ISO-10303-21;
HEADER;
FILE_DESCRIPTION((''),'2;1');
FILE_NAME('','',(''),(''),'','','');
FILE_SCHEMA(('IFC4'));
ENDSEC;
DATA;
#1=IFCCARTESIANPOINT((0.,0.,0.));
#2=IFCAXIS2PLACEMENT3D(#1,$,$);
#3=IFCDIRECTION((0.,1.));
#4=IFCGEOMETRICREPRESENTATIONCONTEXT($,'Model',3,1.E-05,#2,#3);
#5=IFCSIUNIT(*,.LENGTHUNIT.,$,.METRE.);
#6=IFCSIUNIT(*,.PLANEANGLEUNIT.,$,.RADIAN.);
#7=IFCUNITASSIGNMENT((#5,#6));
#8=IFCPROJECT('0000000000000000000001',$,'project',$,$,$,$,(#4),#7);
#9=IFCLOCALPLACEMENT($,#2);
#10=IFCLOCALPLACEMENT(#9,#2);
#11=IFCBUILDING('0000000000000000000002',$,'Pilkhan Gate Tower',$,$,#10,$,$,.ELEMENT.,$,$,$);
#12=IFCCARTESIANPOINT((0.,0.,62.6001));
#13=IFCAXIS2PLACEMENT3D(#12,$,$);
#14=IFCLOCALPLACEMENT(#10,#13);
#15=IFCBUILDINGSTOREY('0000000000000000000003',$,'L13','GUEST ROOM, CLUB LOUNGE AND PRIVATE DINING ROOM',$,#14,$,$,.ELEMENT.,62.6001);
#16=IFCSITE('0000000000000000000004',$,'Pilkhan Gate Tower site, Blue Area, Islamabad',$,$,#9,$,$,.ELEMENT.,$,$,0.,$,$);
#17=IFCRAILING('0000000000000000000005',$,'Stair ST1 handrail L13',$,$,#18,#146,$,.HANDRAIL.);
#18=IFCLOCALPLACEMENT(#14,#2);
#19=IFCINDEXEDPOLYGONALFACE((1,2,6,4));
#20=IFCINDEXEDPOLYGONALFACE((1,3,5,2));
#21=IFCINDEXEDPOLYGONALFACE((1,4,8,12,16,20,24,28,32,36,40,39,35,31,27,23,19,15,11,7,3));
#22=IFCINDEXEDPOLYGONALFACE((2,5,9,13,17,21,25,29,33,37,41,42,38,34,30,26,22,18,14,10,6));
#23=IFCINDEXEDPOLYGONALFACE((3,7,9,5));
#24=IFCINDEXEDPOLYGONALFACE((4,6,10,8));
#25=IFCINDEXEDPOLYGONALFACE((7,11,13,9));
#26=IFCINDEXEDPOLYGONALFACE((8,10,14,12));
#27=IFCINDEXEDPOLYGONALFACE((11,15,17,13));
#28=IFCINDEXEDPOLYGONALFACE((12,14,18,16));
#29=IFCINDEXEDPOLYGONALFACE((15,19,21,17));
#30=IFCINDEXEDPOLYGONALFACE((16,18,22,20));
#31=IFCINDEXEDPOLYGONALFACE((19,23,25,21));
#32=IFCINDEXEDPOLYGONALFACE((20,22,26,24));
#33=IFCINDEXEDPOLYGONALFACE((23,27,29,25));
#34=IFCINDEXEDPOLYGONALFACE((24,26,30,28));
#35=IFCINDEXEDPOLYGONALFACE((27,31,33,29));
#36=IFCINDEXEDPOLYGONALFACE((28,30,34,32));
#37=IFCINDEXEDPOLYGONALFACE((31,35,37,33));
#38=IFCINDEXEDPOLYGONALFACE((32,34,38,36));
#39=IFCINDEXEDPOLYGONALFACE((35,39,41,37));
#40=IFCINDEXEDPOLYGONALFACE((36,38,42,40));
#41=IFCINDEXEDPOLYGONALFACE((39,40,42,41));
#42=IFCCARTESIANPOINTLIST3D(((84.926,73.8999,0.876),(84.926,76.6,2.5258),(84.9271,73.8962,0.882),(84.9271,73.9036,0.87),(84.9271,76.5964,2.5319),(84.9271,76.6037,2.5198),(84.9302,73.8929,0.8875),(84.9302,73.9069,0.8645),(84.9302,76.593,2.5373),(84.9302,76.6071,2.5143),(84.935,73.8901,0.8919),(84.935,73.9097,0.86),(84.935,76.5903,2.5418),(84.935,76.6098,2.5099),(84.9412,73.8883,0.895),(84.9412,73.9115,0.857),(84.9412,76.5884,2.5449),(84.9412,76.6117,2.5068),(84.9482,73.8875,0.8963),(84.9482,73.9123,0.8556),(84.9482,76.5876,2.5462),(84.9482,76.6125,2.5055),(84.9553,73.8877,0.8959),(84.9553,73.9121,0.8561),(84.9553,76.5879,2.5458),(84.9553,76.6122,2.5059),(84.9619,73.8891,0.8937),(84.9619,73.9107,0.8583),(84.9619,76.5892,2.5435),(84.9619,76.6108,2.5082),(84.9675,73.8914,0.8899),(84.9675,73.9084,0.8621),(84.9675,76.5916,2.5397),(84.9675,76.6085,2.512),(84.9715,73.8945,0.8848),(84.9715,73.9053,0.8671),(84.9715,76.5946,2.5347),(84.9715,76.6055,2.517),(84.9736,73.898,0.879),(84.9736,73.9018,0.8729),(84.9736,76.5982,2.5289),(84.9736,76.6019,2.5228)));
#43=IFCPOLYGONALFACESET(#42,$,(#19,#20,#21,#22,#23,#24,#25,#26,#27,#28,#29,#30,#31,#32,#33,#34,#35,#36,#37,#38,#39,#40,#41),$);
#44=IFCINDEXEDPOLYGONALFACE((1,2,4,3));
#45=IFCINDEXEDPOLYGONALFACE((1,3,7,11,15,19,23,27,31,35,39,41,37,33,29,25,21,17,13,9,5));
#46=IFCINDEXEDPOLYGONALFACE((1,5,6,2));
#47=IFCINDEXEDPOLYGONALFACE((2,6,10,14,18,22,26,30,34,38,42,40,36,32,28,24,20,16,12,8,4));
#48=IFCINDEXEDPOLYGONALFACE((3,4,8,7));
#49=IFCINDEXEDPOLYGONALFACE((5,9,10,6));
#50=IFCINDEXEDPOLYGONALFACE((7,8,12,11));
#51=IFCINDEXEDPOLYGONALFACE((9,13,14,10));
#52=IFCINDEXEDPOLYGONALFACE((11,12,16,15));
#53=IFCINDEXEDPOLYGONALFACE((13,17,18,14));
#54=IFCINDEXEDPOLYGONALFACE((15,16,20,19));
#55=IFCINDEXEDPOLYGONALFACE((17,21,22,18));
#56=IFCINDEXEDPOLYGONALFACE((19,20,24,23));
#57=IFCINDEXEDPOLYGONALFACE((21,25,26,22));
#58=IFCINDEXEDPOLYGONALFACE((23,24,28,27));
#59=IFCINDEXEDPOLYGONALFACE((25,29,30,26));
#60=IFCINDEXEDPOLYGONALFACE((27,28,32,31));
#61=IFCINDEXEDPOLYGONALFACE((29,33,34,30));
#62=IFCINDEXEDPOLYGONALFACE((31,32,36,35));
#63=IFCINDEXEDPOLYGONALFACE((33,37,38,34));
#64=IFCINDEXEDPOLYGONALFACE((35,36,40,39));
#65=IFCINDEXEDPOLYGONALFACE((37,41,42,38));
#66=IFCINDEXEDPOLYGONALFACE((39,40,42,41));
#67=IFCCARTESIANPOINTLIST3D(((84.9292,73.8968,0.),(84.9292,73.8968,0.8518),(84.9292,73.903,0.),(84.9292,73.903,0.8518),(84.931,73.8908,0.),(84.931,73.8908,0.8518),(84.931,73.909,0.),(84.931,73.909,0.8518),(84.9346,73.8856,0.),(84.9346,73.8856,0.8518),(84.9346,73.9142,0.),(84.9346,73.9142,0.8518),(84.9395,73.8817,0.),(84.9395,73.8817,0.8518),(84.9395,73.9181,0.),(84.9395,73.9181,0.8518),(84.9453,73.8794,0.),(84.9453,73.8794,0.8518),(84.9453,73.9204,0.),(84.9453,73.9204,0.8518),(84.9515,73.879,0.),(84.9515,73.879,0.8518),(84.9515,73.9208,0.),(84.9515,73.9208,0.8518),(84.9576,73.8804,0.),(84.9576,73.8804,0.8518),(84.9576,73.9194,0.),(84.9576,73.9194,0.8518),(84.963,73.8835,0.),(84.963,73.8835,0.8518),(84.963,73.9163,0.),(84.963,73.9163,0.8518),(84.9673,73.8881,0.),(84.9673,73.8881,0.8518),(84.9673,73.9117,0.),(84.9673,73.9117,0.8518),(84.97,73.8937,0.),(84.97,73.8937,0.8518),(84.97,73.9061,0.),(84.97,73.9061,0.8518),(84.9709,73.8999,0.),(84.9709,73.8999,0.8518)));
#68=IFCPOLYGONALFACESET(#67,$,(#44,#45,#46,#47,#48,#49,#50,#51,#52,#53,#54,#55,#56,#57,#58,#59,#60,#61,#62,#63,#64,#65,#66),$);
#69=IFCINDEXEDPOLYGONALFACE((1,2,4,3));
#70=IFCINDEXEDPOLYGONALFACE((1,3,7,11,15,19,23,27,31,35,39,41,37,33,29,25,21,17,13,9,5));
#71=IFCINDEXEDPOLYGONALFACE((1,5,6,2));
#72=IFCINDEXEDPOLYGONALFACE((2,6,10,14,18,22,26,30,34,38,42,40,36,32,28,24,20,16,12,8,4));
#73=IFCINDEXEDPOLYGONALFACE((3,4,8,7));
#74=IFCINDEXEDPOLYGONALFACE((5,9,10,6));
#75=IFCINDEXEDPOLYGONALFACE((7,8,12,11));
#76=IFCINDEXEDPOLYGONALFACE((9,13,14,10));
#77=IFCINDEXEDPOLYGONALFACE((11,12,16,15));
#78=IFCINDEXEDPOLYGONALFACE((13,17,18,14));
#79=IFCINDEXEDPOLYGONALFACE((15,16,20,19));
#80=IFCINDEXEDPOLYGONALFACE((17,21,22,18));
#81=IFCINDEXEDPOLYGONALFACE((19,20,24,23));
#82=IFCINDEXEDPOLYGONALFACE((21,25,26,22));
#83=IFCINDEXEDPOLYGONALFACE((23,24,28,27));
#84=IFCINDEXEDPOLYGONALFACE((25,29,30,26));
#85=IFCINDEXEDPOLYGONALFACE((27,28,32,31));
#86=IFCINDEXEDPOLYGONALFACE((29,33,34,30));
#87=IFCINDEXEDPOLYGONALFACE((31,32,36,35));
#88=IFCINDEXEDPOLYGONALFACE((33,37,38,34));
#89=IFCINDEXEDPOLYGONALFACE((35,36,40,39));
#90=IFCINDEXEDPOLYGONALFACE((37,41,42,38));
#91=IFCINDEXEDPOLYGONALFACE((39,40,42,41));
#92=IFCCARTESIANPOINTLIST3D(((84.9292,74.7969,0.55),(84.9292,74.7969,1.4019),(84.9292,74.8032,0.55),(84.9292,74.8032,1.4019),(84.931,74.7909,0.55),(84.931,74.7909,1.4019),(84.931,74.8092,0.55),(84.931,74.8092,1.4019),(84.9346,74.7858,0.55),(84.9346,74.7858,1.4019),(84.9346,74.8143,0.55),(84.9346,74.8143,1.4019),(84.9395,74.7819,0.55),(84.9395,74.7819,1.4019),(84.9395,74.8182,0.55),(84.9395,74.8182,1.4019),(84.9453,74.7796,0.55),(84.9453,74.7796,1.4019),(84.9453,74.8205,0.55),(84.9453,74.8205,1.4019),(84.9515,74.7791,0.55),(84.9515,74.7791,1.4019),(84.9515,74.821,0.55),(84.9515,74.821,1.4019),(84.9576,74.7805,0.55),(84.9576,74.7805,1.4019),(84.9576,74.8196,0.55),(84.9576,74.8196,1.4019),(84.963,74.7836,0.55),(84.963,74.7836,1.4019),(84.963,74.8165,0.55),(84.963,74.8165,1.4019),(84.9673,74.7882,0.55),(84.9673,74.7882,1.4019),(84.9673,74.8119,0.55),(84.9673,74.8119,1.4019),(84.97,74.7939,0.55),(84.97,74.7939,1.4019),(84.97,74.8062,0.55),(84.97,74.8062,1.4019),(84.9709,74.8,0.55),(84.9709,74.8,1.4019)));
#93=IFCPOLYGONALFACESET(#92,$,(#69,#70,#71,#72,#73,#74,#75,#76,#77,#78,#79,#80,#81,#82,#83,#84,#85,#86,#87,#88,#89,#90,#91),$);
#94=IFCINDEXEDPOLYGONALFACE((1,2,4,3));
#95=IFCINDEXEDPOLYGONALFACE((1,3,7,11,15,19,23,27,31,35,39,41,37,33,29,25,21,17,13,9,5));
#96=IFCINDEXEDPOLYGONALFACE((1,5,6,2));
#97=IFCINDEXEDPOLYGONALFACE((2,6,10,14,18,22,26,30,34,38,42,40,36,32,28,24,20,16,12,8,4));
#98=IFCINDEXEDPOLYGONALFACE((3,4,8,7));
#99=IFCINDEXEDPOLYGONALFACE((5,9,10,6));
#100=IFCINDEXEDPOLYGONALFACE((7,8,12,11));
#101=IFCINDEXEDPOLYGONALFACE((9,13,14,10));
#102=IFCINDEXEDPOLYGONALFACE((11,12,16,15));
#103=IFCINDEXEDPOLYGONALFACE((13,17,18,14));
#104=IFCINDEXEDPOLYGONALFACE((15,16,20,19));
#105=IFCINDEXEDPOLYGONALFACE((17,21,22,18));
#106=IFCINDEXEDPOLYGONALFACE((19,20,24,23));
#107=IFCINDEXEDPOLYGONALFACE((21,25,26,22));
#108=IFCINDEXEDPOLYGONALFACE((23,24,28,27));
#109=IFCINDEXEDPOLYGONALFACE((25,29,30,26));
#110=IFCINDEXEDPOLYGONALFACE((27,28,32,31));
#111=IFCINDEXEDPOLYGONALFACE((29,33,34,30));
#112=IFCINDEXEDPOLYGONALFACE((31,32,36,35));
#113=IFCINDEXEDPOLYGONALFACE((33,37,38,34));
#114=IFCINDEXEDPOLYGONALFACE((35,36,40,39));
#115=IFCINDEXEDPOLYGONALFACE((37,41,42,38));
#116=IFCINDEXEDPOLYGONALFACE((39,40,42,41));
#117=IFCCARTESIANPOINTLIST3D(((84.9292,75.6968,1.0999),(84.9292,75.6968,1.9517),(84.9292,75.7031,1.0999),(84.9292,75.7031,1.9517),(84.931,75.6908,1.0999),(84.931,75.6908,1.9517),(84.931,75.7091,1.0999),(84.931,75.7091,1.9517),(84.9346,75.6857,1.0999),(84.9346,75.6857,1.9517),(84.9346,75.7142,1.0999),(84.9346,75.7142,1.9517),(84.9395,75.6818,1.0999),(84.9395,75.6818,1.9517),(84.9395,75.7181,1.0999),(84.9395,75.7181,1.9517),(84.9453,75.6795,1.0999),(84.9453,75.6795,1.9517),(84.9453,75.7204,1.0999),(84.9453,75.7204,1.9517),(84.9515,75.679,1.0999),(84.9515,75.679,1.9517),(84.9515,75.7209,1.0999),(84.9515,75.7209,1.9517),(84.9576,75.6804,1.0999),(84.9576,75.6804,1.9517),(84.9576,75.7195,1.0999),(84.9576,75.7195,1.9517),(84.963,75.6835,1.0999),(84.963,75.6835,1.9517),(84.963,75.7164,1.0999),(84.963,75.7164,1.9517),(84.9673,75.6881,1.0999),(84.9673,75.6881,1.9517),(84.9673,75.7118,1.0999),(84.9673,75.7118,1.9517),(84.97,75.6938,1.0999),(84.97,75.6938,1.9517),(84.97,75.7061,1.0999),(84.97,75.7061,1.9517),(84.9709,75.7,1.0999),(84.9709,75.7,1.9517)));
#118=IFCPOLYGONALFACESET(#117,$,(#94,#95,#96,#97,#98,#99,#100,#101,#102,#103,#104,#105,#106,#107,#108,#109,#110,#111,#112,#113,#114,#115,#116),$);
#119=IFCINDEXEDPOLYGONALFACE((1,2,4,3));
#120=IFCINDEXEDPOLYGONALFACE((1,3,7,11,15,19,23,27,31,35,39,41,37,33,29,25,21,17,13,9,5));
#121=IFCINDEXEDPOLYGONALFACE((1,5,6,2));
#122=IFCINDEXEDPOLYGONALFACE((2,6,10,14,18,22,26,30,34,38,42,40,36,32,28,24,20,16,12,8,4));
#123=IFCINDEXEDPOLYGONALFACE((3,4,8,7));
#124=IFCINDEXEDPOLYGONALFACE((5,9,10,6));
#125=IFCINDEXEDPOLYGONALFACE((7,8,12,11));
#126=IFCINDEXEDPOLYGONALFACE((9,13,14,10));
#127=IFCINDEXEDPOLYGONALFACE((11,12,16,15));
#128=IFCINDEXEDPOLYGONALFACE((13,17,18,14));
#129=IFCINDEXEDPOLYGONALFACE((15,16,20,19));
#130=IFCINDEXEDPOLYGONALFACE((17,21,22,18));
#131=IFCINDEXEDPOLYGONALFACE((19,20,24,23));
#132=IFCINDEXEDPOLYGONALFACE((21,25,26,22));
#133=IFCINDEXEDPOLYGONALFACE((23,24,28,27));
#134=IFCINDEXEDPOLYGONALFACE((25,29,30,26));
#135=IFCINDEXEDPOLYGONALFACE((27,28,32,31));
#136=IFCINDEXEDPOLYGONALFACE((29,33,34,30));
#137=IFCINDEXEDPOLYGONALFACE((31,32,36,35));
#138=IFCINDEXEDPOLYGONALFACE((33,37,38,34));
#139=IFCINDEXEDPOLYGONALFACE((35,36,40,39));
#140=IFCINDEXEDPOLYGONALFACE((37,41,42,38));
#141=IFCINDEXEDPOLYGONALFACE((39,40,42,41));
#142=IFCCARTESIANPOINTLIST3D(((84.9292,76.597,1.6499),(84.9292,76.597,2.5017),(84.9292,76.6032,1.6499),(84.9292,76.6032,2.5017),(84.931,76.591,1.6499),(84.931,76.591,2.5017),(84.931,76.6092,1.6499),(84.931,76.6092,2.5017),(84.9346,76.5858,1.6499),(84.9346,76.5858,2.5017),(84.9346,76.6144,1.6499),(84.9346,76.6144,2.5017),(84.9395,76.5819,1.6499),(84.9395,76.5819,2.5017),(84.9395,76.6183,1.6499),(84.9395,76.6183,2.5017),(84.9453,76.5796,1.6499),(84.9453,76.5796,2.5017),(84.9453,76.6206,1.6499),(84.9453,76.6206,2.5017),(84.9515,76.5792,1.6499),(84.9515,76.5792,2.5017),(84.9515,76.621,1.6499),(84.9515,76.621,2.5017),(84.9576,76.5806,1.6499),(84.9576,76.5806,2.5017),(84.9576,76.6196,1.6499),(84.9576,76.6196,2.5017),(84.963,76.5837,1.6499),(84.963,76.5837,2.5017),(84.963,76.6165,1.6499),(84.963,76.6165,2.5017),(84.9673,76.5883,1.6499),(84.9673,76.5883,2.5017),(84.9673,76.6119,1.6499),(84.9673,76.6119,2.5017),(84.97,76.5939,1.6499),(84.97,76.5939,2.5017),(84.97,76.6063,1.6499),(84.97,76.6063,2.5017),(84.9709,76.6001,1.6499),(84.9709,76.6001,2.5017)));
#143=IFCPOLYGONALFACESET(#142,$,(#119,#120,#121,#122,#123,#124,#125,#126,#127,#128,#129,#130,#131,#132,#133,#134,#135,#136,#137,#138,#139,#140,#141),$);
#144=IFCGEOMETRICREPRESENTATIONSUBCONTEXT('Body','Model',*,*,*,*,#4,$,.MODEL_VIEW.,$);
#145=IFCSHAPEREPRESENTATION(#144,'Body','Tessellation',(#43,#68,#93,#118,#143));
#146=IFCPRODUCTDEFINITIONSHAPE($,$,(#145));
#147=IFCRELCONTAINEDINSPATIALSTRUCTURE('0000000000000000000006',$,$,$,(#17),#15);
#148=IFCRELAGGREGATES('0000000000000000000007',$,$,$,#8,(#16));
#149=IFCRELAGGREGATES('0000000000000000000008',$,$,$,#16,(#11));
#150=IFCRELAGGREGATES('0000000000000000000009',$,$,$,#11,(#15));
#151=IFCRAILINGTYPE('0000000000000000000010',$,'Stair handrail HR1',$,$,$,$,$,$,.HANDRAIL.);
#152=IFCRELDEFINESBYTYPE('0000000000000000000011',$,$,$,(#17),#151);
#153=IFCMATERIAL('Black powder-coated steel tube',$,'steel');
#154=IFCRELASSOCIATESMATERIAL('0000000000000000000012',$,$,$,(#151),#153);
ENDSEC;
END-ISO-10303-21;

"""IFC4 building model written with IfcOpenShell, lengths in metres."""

from ifc_helpers import new_model, si_unit, direction, frame, origin, origin_2d, place, context, subcontext, project, spatial, circle, extrude, material, type_object, element, save


model = new_model("IFC4")

# Units and contexts
model_context = context("Model", 3, precision=1e-05, world=origin(), true_north=direction((0.0, 1.0)))
body_context = subcontext(model_context, "Body", "Model", "MODEL_VIEW")
ifc_project = project(units=[si_unit("LENGTHUNIT", "METRE"), si_unit("PLANEANGLEUNIT", "RADIAN")], contexts=[model_context])

# Site, building, storey
site_placement = place(None, origin())
site = spatial("IfcSite", under=ifc_project, at=site_placement, Name="Pilkhan Gate Tower site, Blue Area, Islamabad", CompositionType="ELEMENT", RefElevation=0.0)
building_placement = place(site_placement, origin())
building = spatial("IfcBuilding", under=site, at=building_placement, Name="Pilkhan Gate Tower", CompositionType="ELEMENT")
storey_placement = place(building_placement, frame((0.0, 0.0, 62.6001)))
storey = spatial("IfcBuildingStorey", under=building, at=storey_placement, Name="L13", Description="GUEST ROOM, CLUB LOUNGE AND PRIVATE DINING ROOM", CompositionType="ELEMENT", Elevation=62.6001)

# Railing
ifc_material_1 = material(Name="Black powder-coated steel tube", Category="steel")
railing_type_1 = type_object("IfcRailingType", Name="Stair handrail HR1", PredefinedType="HANDRAIL", material=ifc_material_1)
railing_1_placement = place(storey_placement, frame((84.95, 73.8999, 0.0)))
element("IfcRailing", 1, at=railing_1_placement, inside=storey, type_object=railing_type_1, Name="Stair ST1 handrail L13", PredefinedType="HANDRAIL", context=body_context, shape_type="SweptSolid", body=[
    extrude(circle(Radius=0.0239, at=origin_2d()), frame((0.0, 0.0, 0.876), z_axis=(0.0, 0.853312, 0.5214), x_axis=(-1.0, 0.0, 0.0)), (0.0, 0.0, 1.0), 3.1643),
    extrude(circle(Radius=0.021, at=origin_2d()), origin(), (0.0, 0.0, 1.0), 0.8518),
    extrude(circle(Radius=0.021, at=origin_2d()), frame((0.0, 0.9001, 0.55)), (0.0, 0.0, 1.0), 0.8518),
    extrude(circle(Radius=0.021, at=origin_2d()), frame((0.0, 1.8, 1.0999)), (0.0, 0.0, 1.0), 0.8518),
    extrude(circle(Radius=0.021, at=origin_2d()), frame((0.0, 2.7002, 1.6499)), (0.0, 0.0, 1.0), 0.8518),
])

save(model, "model.ifc")
